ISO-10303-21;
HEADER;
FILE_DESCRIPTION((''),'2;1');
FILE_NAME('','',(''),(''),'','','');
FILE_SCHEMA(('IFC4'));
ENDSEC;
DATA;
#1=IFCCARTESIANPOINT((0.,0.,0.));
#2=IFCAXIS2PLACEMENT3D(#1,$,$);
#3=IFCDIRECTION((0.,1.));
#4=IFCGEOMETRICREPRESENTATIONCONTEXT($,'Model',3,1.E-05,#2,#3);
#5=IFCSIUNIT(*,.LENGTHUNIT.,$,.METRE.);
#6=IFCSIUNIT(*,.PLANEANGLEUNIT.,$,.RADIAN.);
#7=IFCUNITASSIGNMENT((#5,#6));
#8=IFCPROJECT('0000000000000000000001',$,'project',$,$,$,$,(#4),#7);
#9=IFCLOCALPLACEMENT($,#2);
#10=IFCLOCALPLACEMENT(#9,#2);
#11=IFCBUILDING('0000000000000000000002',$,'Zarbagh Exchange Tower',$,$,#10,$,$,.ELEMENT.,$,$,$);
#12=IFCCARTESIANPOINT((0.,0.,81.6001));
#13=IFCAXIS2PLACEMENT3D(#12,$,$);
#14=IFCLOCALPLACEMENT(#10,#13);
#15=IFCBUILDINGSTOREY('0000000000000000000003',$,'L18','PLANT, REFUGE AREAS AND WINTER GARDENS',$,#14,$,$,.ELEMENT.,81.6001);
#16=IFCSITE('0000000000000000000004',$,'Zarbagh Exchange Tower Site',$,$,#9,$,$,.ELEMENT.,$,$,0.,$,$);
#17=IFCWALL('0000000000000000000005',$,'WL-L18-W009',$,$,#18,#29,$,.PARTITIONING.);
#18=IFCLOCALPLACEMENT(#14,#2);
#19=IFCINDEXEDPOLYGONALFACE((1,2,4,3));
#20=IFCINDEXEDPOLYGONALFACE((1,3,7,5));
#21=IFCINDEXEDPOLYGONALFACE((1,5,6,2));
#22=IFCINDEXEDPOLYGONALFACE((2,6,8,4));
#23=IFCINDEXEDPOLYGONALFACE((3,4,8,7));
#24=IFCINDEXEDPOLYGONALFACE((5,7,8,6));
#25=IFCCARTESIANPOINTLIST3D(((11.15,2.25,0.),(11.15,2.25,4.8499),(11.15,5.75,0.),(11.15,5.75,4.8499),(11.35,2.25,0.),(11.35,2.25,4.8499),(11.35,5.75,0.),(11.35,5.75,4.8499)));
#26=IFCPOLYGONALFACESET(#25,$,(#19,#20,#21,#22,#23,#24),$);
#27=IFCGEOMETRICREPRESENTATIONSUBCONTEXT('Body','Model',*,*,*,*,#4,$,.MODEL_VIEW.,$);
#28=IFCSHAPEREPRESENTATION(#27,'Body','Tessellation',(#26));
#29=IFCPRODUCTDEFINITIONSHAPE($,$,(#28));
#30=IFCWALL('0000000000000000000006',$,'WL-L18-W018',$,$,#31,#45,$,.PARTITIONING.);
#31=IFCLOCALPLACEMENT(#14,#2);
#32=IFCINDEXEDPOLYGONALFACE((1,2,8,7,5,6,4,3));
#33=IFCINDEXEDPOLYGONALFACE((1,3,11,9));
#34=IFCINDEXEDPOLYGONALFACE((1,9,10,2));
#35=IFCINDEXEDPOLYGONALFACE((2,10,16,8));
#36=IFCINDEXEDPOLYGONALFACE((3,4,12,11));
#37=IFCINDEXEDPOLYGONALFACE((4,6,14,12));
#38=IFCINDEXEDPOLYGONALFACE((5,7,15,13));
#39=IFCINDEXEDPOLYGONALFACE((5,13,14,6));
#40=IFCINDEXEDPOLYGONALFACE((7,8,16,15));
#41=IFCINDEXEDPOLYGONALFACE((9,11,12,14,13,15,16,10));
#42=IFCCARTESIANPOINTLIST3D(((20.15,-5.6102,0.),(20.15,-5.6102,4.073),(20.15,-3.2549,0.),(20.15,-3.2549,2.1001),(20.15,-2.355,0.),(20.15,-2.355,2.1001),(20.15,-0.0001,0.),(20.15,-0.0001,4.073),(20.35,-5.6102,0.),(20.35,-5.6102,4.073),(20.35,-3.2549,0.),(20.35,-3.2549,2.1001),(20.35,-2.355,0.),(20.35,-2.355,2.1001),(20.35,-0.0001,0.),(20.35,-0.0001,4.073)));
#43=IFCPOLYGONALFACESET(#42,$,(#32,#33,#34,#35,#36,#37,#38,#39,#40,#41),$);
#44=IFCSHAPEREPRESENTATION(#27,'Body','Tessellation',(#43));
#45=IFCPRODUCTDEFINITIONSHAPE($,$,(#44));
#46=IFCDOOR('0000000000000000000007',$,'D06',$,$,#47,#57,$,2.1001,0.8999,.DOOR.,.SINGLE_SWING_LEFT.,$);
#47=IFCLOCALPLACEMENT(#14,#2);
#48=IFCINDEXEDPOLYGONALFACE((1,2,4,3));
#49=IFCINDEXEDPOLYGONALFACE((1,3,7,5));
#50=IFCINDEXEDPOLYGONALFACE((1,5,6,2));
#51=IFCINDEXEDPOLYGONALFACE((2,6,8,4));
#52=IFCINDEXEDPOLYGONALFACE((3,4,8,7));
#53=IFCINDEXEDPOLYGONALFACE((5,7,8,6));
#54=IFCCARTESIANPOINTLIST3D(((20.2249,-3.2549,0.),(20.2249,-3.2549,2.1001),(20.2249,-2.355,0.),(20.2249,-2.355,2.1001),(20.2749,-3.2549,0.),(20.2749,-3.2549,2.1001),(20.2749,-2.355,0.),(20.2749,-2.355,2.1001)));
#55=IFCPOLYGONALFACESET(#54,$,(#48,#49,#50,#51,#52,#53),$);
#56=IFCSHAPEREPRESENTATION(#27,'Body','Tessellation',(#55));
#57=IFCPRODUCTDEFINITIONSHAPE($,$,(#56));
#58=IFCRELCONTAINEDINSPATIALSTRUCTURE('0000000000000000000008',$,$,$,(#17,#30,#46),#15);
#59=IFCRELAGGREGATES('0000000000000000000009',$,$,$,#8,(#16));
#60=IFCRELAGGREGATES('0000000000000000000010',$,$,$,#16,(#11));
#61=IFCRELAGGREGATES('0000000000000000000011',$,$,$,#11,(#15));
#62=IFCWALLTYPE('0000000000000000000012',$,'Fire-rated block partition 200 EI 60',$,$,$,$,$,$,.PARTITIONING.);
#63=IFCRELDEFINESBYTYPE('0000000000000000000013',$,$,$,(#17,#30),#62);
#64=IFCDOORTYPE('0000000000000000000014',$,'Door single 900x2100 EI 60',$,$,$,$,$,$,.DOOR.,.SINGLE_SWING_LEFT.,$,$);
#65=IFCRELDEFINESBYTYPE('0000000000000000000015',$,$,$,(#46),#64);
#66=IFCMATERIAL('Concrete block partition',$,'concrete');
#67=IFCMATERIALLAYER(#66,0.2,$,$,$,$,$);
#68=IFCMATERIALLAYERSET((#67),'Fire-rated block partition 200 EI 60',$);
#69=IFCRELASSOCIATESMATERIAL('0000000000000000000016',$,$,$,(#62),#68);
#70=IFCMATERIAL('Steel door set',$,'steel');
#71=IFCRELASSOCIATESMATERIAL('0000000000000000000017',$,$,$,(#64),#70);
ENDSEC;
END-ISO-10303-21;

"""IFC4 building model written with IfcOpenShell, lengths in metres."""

from ifc_helpers import new_model, si_unit, direction, frame, frame_2d, origin, place, context, subcontext, project, spatial, rectangle, extrude, material, layer, layer_set, type_object, element, fill, save


model = new_model("IFC4")

# Units and contexts
model_context = context("Model", 3, precision=1e-05, world=origin(), true_north=direction((0.0, 1.0)))
body_context = subcontext(model_context, "Body", "Model", "MODEL_VIEW")
ifc_project = project(units=[si_unit("LENGTHUNIT", "METRE"), si_unit("PLANEANGLEUNIT", "RADIAN")], contexts=[model_context])

# Site, building, storey
site_placement = place(None, origin())
site = spatial("IfcSite", under=ifc_project, at=site_placement, Name="Zarbagh Exchange Tower Site", CompositionType="ELEMENT", RefElevation=0.0)
building_placement = place(site_placement, origin())
building = spatial("IfcBuilding", under=site, at=building_placement, Name="Zarbagh Exchange Tower", CompositionType="ELEMENT")
storey_placement = place(building_placement, frame((0.0, 0.0, 81.6001)))
storey = spatial("IfcBuildingStorey", under=building, at=storey_placement, Name="L18", Description="PLANT, REFUGE AREAS AND WINTER GARDENS", CompositionType="ELEMENT", Elevation=81.6001)

# Shared definitions
ifc_material_1 = material(Name="Concrete block partition", Category="concrete")
ifc_material_2 = material(Name="Steel door set", Category="steel")

# Wall
ifc_layer_1 = layer(ifc_material_1, 0.2)
ifc_layer_set_1 = layer_set([ifc_layer_1], Name="Fire-rated block partition 200 EI 60")
wall_type_1 = type_object("IfcWallType", Name="Fire-rated block partition 200 EI 60", PredefinedType="PARTITIONING", material=ifc_layer_set_1)
wall_1_placement = place(storey_placement, frame((11.25, 5.75, 0.0), z_axis=(0.0, 0.0, 1.0), x_axis=(0.0, -1.0, 0.0)))
element("IfcWall", 1, at=wall_1_placement, inside=storey, type_object=wall_type_1, Name="WL-L18-W009", PredefinedType="PARTITIONING", context=body_context, shape_type="SweptSolid", body=[
    extrude(rectangle(XDim=3.5, YDim=0.2, at=frame_2d((1.75, 0.0))), origin(), (0.0, 0.0, 1.0), 4.8499),
])

# Wall, opening, door
wall_2_placement = place(storey_placement, frame((20.25, 0.0, 0.0), z_axis=(0.0, 0.0, 1.0), x_axis=(0.0, -1.0, 0.0)))
wall_2 = element("IfcWall", 2, at=wall_2_placement, inside=storey, type_object=wall_type_1, Name="WL-L18-W018", PredefinedType="PARTITIONING", context=body_context, shape_type="SweptSolid", body=[
    extrude(rectangle(XDim=5.6101, YDim=0.2, at=frame_2d((2.8052, 0.0))), origin(), (0.0, 0.0, 1.0), 4.073),
])
opening_1_placement = place(wall_2_placement, frame((2.355, 0.0, 0.0)))
opening_1 = element("IfcOpeningElement", 3, at=opening_1_placement, cuts=wall_2, PredefinedType="OPENING", context=body_context, shape_type="SweptSolid", body=[
    extrude(rectangle(XDim=0.8999, YDim=2.1001, at=frame_2d((0.45, 1.05))), frame((0.0, 0.1099, 0.0), z_axis=(0.0, -1.0, 0.0), x_axis=(1.0, 0.0, 0.0)), (0.0, 0.0, 1.0), 0.22),
])
door_type_1 = type_object("IfcDoorType", Name="Door single 900x2100 EI 60", OperationType="SINGLE_SWING_LEFT", PredefinedType="DOOR", material=ifc_material_2)
door_1_placement = place(opening_1_placement, origin())
door_1 = element("IfcDoor", 4, at=door_1_placement, inside=storey, type_object=door_type_1, Name="D06", OperationType="SINGLE_SWING_LEFT", OverallHeight=2.1001, OverallWidth=0.8999, PredefinedType="DOOR", context=body_context, shape_type="SweptSolid", body=[
    extrude(rectangle(XDim=0.8999, YDim=2.1001, at=frame_2d((0.45, 1.05))), frame((0.0, 0.0249, 0.0), z_axis=(0.0, -1.0, 0.0), x_axis=(1.0, 0.0, 0.0)), (0.0, 0.0, 1.0), 0.05),
])
fill(opening_1, door_1)

save(model, "model.ifc")
